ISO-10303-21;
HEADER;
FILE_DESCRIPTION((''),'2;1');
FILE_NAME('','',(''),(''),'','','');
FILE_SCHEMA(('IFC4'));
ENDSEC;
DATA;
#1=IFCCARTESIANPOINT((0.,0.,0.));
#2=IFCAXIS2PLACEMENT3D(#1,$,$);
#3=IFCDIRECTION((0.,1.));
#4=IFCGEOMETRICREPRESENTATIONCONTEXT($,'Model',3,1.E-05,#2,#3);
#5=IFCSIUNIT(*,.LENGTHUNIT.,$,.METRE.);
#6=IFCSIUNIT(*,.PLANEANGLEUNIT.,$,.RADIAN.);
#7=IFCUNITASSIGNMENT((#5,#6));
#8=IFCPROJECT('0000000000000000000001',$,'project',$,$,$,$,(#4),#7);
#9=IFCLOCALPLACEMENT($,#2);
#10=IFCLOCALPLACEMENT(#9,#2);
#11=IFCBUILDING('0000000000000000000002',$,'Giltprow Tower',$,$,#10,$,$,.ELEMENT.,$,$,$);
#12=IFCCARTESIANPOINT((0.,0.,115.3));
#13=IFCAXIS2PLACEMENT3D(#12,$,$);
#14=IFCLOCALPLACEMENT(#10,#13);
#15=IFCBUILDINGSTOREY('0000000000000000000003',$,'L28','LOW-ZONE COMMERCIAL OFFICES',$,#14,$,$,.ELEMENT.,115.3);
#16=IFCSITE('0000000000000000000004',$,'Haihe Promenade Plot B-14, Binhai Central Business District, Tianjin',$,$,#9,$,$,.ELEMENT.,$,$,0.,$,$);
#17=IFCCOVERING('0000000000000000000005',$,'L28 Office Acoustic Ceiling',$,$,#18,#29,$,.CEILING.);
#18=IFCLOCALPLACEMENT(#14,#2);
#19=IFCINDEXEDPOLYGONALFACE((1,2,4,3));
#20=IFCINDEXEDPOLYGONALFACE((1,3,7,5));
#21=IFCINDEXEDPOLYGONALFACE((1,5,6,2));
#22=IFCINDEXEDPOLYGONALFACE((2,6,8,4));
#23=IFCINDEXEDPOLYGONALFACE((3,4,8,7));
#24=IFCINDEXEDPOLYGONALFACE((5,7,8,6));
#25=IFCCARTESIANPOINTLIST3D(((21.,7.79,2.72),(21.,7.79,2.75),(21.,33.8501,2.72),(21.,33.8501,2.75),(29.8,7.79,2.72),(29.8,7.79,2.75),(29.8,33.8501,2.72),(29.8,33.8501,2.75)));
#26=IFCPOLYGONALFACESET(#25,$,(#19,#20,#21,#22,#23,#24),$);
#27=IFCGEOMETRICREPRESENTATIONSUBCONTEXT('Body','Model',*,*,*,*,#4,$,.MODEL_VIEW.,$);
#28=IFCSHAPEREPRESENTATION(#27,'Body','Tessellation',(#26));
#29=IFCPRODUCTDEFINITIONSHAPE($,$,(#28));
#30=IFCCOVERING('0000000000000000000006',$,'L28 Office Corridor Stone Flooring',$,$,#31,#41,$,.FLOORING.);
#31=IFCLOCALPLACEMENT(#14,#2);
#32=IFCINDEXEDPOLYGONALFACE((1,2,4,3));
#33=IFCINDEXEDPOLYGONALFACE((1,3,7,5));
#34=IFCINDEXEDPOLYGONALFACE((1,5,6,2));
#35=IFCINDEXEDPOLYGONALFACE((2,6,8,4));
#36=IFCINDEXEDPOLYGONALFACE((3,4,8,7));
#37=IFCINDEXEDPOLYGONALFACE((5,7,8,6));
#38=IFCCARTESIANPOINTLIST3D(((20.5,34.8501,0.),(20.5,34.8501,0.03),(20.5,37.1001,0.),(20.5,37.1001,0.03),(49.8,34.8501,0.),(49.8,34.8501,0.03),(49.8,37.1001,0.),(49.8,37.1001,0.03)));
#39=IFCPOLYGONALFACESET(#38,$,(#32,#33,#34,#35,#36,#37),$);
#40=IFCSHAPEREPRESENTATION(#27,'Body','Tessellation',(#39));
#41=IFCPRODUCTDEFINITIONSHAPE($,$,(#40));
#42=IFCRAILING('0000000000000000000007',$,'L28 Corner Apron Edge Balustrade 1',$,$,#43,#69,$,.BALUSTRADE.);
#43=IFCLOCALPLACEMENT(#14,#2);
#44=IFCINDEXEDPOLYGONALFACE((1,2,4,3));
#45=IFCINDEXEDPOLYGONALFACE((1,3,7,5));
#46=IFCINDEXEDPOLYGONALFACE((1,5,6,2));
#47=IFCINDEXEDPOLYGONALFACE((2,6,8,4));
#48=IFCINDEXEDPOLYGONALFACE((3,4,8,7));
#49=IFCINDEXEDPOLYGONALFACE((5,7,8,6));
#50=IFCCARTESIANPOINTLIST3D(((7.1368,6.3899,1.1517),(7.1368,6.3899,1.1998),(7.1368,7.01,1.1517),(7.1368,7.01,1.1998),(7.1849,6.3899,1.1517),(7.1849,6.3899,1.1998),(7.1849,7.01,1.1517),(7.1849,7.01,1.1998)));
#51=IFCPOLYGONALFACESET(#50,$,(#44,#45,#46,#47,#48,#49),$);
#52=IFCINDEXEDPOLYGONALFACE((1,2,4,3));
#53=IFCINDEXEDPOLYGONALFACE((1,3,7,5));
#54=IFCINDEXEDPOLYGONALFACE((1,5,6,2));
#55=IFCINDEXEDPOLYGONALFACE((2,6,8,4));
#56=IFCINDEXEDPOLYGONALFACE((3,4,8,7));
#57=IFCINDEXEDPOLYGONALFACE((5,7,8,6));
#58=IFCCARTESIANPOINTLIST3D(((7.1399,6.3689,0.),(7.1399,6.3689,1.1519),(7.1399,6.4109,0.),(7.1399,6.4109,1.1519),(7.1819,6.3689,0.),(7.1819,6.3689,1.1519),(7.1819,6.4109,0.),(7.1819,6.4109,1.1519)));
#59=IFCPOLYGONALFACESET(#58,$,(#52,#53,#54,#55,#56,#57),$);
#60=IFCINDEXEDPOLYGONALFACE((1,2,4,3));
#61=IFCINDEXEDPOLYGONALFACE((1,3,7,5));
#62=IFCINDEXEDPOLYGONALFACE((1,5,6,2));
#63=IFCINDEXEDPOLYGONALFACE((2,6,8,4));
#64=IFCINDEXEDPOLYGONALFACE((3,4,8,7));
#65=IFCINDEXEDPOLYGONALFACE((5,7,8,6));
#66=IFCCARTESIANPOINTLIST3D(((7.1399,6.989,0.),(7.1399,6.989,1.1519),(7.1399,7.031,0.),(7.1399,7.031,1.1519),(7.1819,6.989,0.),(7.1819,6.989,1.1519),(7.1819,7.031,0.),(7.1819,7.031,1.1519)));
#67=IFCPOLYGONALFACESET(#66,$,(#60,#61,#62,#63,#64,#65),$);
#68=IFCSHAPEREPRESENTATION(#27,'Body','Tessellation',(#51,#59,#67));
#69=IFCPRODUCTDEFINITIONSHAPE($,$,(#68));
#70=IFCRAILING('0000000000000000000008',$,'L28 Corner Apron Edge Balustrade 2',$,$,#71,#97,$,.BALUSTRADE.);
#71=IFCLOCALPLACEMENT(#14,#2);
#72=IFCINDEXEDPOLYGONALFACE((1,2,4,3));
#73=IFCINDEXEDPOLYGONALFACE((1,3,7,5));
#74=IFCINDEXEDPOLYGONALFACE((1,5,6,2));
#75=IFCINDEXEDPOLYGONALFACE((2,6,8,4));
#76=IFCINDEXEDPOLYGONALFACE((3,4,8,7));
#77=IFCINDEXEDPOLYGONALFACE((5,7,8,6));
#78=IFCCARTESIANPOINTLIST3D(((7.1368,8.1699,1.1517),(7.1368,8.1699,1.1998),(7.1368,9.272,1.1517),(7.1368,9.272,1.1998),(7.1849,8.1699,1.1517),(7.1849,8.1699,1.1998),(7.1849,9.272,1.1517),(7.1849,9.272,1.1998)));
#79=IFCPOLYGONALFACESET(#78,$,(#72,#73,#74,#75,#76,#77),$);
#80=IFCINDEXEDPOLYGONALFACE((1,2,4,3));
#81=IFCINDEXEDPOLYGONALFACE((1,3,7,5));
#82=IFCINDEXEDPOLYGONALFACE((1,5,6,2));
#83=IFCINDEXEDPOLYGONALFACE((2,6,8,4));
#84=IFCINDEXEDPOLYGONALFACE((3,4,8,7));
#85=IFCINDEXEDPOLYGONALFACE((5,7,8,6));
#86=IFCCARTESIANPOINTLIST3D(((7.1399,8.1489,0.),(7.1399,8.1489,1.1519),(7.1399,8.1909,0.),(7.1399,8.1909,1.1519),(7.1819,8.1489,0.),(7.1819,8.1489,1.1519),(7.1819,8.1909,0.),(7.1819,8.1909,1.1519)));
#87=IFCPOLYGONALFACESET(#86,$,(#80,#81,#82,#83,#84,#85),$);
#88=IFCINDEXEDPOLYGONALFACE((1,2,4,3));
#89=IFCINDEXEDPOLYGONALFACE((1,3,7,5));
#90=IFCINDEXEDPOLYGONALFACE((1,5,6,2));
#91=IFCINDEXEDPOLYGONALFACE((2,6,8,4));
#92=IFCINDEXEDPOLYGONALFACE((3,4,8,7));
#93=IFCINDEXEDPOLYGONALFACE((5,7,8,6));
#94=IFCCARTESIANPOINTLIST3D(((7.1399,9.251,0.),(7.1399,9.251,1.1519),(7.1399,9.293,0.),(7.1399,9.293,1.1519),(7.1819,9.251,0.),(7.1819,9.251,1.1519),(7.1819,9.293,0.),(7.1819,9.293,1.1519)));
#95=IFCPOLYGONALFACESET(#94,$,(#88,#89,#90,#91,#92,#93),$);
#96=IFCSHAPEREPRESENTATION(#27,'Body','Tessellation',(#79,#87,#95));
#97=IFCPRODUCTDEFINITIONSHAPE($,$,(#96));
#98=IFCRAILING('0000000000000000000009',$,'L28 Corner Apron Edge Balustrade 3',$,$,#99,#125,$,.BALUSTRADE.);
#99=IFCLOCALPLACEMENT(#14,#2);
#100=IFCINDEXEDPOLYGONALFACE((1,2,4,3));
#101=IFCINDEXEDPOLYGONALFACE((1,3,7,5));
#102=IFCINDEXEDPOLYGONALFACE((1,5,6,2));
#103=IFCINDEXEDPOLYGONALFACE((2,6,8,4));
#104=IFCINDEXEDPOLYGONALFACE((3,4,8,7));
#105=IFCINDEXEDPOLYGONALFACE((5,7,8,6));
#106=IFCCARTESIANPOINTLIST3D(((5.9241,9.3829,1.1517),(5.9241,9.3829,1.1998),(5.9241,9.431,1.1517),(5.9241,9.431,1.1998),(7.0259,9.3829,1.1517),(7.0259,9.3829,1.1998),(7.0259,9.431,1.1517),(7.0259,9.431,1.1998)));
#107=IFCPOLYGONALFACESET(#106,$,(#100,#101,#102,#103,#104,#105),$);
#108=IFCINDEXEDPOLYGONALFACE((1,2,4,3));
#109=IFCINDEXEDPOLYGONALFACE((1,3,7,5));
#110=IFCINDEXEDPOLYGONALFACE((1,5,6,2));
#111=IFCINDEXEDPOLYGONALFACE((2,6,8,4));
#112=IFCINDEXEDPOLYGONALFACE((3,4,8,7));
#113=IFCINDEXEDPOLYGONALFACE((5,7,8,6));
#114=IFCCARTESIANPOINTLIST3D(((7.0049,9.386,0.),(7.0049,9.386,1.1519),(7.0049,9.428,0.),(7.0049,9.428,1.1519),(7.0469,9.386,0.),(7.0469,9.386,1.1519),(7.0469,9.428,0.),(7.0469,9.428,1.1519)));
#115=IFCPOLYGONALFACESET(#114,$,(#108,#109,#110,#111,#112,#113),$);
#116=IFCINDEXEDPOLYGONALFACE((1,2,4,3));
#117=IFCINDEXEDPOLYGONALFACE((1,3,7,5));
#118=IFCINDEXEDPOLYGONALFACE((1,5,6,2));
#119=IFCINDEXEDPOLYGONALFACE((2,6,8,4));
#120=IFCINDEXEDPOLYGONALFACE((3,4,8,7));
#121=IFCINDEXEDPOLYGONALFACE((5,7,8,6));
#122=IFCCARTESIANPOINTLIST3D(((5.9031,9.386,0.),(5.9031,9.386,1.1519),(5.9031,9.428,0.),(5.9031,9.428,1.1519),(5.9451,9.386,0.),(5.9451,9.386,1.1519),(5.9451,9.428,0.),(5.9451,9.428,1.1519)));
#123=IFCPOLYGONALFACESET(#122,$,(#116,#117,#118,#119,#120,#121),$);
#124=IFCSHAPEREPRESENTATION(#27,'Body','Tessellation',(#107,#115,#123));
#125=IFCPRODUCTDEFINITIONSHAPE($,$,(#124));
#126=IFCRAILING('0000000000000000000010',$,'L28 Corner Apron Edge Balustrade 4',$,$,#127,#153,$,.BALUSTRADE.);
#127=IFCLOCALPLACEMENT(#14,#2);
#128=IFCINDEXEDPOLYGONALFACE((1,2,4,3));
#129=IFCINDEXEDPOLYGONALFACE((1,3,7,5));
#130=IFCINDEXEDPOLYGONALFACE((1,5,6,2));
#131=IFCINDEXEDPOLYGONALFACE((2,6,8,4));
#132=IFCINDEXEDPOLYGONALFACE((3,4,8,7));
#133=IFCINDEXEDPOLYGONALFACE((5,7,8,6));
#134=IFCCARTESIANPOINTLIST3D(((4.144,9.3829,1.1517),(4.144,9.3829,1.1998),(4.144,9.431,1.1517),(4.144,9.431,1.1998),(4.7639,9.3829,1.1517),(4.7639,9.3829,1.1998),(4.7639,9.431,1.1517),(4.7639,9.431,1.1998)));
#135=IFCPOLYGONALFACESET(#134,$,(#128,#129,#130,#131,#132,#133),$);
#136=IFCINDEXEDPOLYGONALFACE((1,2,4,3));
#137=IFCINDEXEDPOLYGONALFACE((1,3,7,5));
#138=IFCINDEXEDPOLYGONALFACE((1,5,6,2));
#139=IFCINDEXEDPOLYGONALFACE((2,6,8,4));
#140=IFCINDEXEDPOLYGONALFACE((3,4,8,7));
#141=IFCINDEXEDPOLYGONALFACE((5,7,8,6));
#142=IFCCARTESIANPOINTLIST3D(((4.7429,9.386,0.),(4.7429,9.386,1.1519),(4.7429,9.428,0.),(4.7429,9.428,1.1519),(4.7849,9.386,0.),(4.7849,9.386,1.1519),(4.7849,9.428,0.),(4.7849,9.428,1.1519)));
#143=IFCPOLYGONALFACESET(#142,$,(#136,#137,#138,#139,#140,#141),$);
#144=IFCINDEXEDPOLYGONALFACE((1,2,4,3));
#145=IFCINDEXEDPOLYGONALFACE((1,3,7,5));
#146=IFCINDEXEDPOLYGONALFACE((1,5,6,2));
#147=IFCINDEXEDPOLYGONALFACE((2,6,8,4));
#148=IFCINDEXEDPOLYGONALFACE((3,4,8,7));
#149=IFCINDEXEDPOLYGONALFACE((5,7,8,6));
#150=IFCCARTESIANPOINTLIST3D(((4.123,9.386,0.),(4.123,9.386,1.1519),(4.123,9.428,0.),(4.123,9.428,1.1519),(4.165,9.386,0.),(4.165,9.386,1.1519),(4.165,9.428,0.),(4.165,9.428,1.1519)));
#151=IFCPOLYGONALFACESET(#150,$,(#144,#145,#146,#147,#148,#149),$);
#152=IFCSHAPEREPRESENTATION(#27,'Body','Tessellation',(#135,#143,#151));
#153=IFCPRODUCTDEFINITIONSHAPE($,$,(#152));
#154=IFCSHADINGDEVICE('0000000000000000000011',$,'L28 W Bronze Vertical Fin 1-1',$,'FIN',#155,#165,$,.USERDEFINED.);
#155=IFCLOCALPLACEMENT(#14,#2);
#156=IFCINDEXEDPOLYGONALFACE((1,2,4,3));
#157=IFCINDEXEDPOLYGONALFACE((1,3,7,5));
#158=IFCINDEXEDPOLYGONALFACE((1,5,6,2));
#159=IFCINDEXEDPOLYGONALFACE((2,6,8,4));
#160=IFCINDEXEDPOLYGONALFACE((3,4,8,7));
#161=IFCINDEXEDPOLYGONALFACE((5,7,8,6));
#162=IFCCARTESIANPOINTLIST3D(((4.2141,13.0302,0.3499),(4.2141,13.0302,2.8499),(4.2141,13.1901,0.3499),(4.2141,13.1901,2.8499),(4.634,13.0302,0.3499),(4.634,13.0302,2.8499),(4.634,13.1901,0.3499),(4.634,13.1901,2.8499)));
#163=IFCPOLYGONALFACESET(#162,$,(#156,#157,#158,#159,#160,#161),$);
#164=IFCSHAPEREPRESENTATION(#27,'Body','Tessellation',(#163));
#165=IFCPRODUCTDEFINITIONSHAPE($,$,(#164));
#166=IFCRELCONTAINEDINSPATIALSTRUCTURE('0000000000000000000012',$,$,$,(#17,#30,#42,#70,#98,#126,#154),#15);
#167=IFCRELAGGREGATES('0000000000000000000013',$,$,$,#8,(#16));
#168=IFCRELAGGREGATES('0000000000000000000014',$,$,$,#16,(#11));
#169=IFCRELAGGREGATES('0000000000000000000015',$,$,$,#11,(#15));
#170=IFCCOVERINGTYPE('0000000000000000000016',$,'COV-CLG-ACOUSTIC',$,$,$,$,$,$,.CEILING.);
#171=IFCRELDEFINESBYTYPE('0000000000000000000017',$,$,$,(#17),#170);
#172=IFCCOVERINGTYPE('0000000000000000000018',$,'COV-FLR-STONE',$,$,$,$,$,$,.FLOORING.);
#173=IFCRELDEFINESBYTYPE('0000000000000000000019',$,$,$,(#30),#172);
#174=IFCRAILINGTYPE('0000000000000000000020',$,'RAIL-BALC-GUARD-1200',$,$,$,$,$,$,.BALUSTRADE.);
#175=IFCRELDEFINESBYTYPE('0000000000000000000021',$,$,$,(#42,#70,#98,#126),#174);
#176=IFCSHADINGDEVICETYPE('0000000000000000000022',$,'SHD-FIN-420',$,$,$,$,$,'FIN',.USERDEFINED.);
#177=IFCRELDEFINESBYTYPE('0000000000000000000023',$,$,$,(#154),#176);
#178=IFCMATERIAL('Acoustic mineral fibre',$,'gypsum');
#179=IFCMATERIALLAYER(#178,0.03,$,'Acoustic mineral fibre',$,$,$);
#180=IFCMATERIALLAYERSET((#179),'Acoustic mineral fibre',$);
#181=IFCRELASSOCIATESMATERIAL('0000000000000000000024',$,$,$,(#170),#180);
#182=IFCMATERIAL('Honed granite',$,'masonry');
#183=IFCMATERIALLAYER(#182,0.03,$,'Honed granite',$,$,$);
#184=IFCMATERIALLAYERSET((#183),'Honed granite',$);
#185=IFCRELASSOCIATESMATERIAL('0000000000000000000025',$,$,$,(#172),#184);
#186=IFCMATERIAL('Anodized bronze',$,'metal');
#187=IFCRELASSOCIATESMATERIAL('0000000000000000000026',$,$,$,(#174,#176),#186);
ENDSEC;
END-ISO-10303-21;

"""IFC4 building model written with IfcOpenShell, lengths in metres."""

from ifc_helpers import new_model, si_unit, direction, frame, origin, origin_2d, place, context, subcontext, project, spatial, polyline, rectangle, outline, extrude, source, transform, mapped, material, layer, layer_set, type_object, element, save


model = new_model("IFC4")

# Units and contexts
model_context = context("Model", 3, precision=1e-05, world=origin(), true_north=direction((0.0, 1.0)))
body_context = subcontext(model_context, "Body", "Model", "MODEL_VIEW")
ifc_project = project(units=[si_unit("LENGTHUNIT", "METRE"), si_unit("PLANEANGLEUNIT", "RADIAN")], contexts=[model_context])

# Site, building, storey
site_placement = place(None, origin())
site = spatial("IfcSite", under=ifc_project, at=site_placement, Name="Haihe Promenade Plot B-14, Binhai Central Business District, Tianjin", CompositionType="ELEMENT", RefElevation=0.0)
building_placement = place(site_placement, origin())
building = spatial("IfcBuilding", under=site, at=building_placement, Name="Giltprow Tower", CompositionType="ELEMENT")
storey_placement = place(building_placement, frame((0.0, 0.0, 115.3)))
storey = spatial("IfcBuildingStorey", under=building, at=storey_placement, Name="L28", Description="LOW-ZONE COMMERCIAL OFFICES", CompositionType="ELEMENT", Elevation=115.3)

# Shared definitions
ifc_material_1 = material(Name="Anodized bronze", Category="metal")

# Coverings
ifc_material_2 = material(Name="Acoustic mineral fibre", Category="gypsum")
ifc_layer_1 = layer(ifc_material_2, 0.03, Name="Acoustic mineral fibre")
ifc_layer_set_1 = layer_set([ifc_layer_1], Name="Acoustic mineral fibre")
covering_type_1 = type_object("IfcCoveringType", Name="COV-CLG-ACOUSTIC", PredefinedType="CEILING", material=ifc_layer_set_1)
covering_1_placement = place(storey_placement, frame((0.0, 0.0, 2.72)))
element("IfcCovering", 1, at=covering_1_placement, inside=storey, type_object=covering_type_1, Name="L28 Office Acoustic Ceiling", PredefinedType="CEILING", context=body_context, shape_type="SweptSolid", body=[
    extrude(outline(polyline([(21.0, 7.79), (29.8, 7.79), (29.8, 33.8501), (21.0, 33.8501), (21.0, 7.79)])), origin(), (0.0, 0.0, 1.0), 0.03),
])
ifc_material_3 = material(Name="Honed granite", Category="masonry")
ifc_layer_2 = layer(ifc_material_3, 0.03, Name="Honed granite")
ifc_layer_set_2 = layer_set([ifc_layer_2], Name="Honed granite")
covering_type_2 = type_object("IfcCoveringType", Name="COV-FLR-STONE", PredefinedType="FLOORING", material=ifc_layer_set_2)
covering_2_placement = place(storey_placement, origin())
element("IfcCovering", 2, at=covering_2_placement, inside=storey, type_object=covering_type_2, Name="L28 Office Corridor Stone Flooring", PredefinedType="FLOORING", context=body_context, shape_type="SweptSolid", body=[
    extrude(outline(polyline([(20.5, 34.8501), (49.8, 34.8501), (49.8, 37.1001), (20.5, 37.1001), (20.5, 34.8501)])), origin(), (0.0, 0.0, 1.0), 0.03),
])

# Railings
railing_type = type_object("IfcRailingType", Name="RAIL-BALC-GUARD-1200", PredefinedType="BALUSTRADE", material=ifc_material_1)
railing_1_placement = place(storey_placement, frame((7.1609, 6.3899, 0.0)))
element("IfcRailing", 3, at=railing_1_placement, inside=storey, type_object=railing_type, Name="L28 Corner Apron Edge Balustrade 1", PredefinedType="BALUSTRADE", context=body_context, shape_type="SweptSolid", body=[
    extrude(rectangle(XDim=0.0481, YDim=0.0481, at=origin_2d()), frame((0.0, 0.0, 1.1758), z_axis=(0.0, 1.0, 0.0), x_axis=(-1.0, 0.0, 0.0)), (0.0, 0.0, 1.0), 0.6201),
    extrude(rectangle(XDim=0.042, YDim=0.042, at=origin_2d()), origin(), (0.0, 0.0, 1.0), 1.1519),
    extrude(rectangle(XDim=0.042, YDim=0.042, at=origin_2d()), frame((0.0, 0.6201, 0.0)), (0.0, 0.0, 1.0), 1.1519),
])
railing_2_placement = place(storey_placement, frame((7.1609, 8.1699, 0.0)))
element("IfcRailing", 4, at=railing_2_placement, inside=storey, type_object=railing_type, Name="L28 Corner Apron Edge Balustrade 2", PredefinedType="BALUSTRADE", context=body_context, shape_type="SweptSolid", body=[
    extrude(rectangle(XDim=0.0481, YDim=0.0481, at=origin_2d()), frame((0.0, 0.0, 1.1758), z_axis=(0.0, 1.0, 0.0), x_axis=(-1.0, 0.0, 0.0)), (0.0, 0.0, 1.0), 1.1021),
    extrude(rectangle(XDim=0.042, YDim=0.042, at=origin_2d()), origin(), (0.0, 0.0, 1.0), 1.1519),
    extrude(rectangle(XDim=0.042, YDim=0.042, at=origin_2d()), frame((0.0, 1.1021, 0.0)), (0.0, 0.0, 1.0), 1.1519),
])
railing_3_placement = place(storey_placement, frame((7.0259, 9.407, 0.0)))
element("IfcRailing", 5, at=railing_3_placement, inside=storey, type_object=railing_type, Name="L28 Corner Apron Edge Balustrade 3", PredefinedType="BALUSTRADE", context=body_context, shape_type="SweptSolid", body=[
    extrude(rectangle(XDim=0.0481, YDim=0.0481, at=origin_2d()), frame((0.0, 0.0, 1.1758), z_axis=(-1.0, 0.0, 0.0), x_axis=(0.0, -1.0, 0.0)), (0.0, 0.0, 1.0), 1.1018),
    extrude(rectangle(XDim=0.042, YDim=0.042, at=origin_2d()), origin(), (0.0, 0.0, 1.0), 1.1519),
    extrude(rectangle(XDim=0.042, YDim=0.042, at=origin_2d()), frame((-1.1018, 0.0, 0.0)), (0.0, 0.0, 1.0), 1.1519),
])
railing_4_placement = place(storey_placement, frame((4.7639, 9.407, 0.0)))
element("IfcRailing", 6, at=railing_4_placement, inside=storey, type_object=railing_type, Name="L28 Corner Apron Edge Balustrade 4", PredefinedType="BALUSTRADE", context=body_context, shape_type="SweptSolid", body=[
    extrude(rectangle(XDim=0.0481, YDim=0.0481, at=origin_2d()), frame((0.0, 0.0, 1.1758), z_axis=(-1.0, 0.0, 0.0), x_axis=(0.0, -1.0, 0.0)), (0.0, 0.0, 1.0), 0.6199),
    extrude(rectangle(XDim=0.042, YDim=0.042, at=origin_2d()), origin(), (0.0, 0.0, 1.0), 1.1519),
    extrude(rectangle(XDim=0.042, YDim=0.042, at=origin_2d()), frame((-0.6199, 0.0, 0.0)), (0.0, 0.0, 1.0), 1.1519),
])

# Shading device
shading_device_type = type_object("IfcShadingDeviceType", Name="SHD-FIN-420", ElementType="FIN", PredefinedType="USERDEFINED", material=ifc_material_1)
shared_shape_1 = source(origin(), body_context, "Body", "SweptSolid", [
    extrude(rectangle(XDim=0.4199, YDim=0.1599, at=origin_2d()), origin(), (0.0, 0.0, 1.0), 2.5),
])
shading_device_placement = place(storey_placement, frame((4.4241, 13.1101, 0.3499), z_axis=(0.0, 0.0, 1.0), x_axis=(1.0, 0.0, 0.0)))
element("IfcShadingDevice", 7, at=shading_device_placement, inside=storey, type_object=shading_device_type, Name="L28 W Bronze Vertical Fin 1-1", ObjectType="FIN", PredefinedType="USERDEFINED", context=body_context, shape_type="MappedRepresentation", body=[
    mapped(shared_shape_1, transform((0.0, 0.0, 0.0), x_axis=(1.0, 0.0, 0.0), y_axis=(0.0, 1.0, 0.0), z_axis=(0.0, 0.0, 1.0), scale=1.0)),
])

save(model, "model.ifc")
